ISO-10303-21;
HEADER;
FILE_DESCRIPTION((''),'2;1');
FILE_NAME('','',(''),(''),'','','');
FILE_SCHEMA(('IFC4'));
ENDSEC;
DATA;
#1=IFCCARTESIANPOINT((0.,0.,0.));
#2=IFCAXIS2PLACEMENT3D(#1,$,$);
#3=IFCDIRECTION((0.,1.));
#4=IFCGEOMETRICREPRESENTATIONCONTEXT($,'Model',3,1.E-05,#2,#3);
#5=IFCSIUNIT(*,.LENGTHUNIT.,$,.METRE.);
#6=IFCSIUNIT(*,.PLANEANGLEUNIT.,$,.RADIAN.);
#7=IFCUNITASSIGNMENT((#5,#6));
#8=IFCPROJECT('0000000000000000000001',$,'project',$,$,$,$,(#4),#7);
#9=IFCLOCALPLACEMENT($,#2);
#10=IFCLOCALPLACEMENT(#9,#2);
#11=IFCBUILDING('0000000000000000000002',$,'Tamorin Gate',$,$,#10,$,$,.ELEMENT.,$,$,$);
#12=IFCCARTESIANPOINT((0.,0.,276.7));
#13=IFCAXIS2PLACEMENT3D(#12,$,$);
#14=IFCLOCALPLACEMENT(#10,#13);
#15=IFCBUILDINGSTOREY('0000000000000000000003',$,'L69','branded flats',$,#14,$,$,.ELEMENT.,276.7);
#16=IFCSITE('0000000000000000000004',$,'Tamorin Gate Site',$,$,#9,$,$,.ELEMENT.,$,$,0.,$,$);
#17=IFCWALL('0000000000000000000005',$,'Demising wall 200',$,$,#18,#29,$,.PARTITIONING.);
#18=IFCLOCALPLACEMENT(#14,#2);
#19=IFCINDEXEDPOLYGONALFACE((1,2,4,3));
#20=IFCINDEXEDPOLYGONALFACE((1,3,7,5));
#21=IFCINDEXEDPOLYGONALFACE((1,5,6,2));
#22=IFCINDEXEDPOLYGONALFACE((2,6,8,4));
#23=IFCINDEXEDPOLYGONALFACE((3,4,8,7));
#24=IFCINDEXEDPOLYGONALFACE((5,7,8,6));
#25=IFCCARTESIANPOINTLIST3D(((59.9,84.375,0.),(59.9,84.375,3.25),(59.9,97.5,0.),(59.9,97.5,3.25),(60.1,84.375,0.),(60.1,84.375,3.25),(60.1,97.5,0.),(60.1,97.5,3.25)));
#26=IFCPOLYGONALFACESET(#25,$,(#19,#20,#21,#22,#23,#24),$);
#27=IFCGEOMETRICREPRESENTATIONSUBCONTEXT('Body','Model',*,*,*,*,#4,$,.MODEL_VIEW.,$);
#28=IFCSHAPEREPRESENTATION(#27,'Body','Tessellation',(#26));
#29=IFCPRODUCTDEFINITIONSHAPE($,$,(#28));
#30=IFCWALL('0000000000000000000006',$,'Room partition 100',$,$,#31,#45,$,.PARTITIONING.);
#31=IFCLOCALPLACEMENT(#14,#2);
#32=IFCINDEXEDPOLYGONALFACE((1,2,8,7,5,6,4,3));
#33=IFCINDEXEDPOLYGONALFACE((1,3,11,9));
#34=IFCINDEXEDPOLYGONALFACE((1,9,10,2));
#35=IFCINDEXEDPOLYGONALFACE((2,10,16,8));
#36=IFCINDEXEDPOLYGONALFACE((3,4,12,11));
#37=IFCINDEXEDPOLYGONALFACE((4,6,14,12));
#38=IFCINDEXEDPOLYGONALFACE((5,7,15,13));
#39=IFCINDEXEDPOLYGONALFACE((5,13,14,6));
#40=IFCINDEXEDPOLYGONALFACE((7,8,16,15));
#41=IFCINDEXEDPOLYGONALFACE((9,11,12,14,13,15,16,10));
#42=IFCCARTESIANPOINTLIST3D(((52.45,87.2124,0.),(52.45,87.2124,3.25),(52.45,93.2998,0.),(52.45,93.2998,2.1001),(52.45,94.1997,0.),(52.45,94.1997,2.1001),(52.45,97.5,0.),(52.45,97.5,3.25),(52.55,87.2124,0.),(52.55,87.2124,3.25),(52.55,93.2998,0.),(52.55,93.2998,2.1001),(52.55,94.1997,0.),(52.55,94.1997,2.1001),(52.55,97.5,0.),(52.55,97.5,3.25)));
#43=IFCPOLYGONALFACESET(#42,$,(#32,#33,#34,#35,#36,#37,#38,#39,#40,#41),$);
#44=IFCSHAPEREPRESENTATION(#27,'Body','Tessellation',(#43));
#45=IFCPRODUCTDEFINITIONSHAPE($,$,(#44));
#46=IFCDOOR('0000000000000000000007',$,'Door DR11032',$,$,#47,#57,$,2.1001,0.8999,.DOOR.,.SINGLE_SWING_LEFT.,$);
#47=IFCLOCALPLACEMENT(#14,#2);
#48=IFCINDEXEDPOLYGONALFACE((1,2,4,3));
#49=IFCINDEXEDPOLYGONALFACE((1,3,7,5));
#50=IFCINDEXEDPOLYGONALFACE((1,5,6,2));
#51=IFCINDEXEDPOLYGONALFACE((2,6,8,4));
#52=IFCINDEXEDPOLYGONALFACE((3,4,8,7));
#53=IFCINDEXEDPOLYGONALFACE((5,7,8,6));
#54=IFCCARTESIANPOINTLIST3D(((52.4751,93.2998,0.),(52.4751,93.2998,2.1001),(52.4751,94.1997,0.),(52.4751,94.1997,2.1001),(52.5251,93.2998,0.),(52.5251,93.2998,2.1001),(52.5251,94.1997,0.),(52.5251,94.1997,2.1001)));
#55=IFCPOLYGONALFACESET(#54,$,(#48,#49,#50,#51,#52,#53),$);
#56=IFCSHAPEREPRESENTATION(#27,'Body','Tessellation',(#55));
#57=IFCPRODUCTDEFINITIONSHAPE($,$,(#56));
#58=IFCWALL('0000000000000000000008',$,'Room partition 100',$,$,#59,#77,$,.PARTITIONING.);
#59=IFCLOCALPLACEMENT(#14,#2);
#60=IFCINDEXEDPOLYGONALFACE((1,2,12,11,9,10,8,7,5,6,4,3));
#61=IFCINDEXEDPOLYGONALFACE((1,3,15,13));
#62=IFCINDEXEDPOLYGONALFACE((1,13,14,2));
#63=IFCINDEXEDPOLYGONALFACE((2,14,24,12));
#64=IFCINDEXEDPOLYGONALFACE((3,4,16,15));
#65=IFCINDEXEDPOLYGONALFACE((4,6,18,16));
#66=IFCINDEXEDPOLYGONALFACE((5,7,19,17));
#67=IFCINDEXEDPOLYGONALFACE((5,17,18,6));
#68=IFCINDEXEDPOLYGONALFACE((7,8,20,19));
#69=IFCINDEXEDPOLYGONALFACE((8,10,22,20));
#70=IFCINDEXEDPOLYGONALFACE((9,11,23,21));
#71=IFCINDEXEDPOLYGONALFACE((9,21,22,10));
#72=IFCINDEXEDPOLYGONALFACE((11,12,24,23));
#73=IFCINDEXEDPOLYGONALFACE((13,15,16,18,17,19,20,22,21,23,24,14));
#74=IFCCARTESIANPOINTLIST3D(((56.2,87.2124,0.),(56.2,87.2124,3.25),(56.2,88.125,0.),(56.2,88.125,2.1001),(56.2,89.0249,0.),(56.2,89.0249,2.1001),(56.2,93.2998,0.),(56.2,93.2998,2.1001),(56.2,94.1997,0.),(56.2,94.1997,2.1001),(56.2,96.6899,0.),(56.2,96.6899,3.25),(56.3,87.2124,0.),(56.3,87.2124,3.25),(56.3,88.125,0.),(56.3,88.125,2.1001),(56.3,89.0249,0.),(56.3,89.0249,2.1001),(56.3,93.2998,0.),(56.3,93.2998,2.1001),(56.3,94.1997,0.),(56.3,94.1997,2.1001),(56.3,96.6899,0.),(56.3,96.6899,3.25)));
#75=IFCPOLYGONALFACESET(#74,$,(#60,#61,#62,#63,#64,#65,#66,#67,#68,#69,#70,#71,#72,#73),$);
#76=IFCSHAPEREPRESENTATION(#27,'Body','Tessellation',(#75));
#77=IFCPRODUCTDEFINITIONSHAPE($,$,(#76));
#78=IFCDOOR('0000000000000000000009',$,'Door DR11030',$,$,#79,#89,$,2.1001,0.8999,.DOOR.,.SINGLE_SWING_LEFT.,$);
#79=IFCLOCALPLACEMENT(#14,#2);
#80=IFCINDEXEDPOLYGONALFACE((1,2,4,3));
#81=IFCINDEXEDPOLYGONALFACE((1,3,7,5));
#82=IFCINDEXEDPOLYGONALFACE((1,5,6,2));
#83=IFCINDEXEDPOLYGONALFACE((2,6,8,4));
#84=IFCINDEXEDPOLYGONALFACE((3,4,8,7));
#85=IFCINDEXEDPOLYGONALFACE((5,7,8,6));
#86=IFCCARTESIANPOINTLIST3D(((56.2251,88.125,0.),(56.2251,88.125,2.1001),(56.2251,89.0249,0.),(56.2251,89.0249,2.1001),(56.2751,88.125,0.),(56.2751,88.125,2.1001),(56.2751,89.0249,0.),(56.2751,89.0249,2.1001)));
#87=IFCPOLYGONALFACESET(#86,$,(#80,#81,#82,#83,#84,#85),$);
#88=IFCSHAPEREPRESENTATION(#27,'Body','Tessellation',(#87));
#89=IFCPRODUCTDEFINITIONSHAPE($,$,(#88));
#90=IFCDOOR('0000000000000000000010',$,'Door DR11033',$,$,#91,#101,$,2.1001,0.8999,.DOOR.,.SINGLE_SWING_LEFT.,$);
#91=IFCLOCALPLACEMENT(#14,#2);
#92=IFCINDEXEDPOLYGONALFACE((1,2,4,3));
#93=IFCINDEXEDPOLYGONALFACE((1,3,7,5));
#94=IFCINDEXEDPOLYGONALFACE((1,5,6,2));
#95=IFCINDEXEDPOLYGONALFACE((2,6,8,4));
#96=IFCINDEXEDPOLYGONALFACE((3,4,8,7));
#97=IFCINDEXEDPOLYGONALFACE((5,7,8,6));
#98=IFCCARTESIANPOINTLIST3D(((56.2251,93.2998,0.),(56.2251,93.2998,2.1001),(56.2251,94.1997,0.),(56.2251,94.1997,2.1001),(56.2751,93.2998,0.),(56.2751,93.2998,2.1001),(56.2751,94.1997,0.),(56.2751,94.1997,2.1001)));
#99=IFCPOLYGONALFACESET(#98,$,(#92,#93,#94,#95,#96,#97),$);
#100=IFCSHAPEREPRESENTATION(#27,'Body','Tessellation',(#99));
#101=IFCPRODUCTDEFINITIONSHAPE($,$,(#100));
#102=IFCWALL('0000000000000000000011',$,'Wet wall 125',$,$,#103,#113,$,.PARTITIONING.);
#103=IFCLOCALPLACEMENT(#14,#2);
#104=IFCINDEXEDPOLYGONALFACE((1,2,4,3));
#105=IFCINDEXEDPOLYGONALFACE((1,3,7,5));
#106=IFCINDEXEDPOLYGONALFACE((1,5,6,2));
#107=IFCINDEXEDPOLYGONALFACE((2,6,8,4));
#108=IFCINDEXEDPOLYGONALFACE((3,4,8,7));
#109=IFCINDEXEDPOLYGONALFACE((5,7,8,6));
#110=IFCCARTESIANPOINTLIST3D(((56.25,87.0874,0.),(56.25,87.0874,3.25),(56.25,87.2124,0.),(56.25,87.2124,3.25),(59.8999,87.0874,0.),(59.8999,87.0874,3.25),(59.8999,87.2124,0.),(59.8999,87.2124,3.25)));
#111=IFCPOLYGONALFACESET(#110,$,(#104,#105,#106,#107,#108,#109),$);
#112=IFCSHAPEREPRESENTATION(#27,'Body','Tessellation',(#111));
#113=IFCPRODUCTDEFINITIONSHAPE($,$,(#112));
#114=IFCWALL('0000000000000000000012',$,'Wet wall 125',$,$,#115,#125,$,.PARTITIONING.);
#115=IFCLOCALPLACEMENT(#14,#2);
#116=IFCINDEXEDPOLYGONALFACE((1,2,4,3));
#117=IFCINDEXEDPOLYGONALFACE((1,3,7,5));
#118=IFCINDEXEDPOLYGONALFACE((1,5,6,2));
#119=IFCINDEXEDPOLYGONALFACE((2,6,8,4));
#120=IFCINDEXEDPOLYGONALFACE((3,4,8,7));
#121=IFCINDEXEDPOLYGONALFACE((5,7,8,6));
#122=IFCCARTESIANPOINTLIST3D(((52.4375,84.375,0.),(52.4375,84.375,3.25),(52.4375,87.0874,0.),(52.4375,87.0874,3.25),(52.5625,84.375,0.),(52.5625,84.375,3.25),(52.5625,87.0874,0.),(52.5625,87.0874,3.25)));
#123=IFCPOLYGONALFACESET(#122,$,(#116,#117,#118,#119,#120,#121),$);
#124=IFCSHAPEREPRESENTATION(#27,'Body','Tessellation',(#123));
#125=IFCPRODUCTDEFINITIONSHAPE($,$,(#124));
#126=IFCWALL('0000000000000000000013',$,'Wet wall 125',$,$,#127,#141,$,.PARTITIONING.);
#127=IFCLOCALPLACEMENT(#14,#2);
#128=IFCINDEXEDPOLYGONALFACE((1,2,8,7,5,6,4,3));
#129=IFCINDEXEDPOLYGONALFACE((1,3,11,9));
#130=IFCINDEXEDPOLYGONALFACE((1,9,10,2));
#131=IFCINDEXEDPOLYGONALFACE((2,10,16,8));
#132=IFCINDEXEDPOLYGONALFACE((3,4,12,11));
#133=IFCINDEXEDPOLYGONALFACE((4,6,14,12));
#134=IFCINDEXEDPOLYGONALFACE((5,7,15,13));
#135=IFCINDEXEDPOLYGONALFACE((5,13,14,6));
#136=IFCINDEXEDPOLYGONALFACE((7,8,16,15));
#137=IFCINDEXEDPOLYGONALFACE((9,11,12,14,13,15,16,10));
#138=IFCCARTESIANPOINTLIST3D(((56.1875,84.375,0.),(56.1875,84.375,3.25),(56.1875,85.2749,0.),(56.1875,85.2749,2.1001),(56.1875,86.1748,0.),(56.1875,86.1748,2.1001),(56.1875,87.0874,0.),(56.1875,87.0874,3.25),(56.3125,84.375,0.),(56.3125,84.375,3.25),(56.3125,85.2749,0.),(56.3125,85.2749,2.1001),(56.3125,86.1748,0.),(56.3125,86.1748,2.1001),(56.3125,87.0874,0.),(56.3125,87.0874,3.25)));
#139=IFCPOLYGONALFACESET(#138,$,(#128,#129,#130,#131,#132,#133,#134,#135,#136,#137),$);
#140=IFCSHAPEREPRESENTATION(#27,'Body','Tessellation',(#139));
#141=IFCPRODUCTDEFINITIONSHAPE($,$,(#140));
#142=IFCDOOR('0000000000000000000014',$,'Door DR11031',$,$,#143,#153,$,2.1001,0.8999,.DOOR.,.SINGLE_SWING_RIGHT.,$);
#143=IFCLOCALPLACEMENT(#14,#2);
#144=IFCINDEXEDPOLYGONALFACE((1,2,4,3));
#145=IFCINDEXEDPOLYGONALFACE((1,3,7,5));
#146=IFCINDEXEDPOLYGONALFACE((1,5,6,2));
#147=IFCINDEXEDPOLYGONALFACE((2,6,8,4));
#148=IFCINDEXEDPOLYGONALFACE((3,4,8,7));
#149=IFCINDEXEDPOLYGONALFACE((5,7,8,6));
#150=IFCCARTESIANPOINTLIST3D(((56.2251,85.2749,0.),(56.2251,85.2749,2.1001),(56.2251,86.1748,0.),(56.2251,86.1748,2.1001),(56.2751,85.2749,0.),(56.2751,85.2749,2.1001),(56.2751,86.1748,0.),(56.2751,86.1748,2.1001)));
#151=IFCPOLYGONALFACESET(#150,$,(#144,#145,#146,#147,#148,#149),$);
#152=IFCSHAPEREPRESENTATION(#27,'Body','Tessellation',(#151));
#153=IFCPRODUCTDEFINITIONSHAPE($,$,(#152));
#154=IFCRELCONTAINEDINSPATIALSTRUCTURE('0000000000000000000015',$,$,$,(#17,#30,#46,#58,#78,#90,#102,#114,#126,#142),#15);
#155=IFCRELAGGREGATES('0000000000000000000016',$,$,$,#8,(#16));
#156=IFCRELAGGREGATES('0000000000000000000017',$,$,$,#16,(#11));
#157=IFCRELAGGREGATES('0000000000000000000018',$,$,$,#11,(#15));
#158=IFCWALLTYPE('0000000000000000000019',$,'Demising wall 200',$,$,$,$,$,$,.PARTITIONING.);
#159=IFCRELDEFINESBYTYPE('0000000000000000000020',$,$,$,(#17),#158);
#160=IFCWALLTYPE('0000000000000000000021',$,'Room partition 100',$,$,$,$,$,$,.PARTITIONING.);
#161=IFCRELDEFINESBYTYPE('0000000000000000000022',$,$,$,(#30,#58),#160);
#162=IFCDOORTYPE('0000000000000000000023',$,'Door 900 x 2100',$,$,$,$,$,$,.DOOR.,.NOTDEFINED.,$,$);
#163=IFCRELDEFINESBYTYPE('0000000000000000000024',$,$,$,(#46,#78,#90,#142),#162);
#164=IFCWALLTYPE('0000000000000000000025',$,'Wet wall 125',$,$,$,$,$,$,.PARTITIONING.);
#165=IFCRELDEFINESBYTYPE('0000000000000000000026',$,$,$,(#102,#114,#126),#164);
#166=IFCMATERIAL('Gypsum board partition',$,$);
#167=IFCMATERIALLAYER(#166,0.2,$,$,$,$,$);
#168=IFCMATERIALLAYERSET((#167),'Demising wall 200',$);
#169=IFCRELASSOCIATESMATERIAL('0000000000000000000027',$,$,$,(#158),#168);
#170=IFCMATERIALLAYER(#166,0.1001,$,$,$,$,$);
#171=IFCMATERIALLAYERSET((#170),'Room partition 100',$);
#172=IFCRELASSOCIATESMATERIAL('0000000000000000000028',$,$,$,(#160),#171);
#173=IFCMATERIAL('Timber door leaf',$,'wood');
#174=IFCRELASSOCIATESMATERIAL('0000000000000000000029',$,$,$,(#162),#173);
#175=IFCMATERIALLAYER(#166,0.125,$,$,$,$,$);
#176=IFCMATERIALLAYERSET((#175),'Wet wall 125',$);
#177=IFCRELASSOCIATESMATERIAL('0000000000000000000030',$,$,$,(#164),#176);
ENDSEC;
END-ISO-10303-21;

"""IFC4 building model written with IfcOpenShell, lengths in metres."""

from ifc_helpers import new_model, si_unit, direction, frame, frame_2d, origin, place, context, subcontext, project, spatial, rectangle, extrude, material, layer, layer_set, type_object, element, fill, save


model = new_model("IFC4")

# Units and contexts
model_context = context("Model", 3, precision=1e-05, world=origin(), true_north=direction((0.0, 1.0)))
body_context = subcontext(model_context, "Body", "Model", "MODEL_VIEW")
ifc_project = project(units=[si_unit("LENGTHUNIT", "METRE"), si_unit("PLANEANGLEUNIT", "RADIAN")], contexts=[model_context])

# Site, building, storey
site_placement = place(None, origin())
site = spatial("IfcSite", under=ifc_project, at=site_placement, Name="Tamorin Gate Site", CompositionType="ELEMENT", RefElevation=0.0)
building_placement = place(site_placement, origin())
building = spatial("IfcBuilding", under=site, at=building_placement, Name="Tamorin Gate", CompositionType="ELEMENT")
storey_placement = place(building_placement, frame((0.0, 0.0, 276.7)))
storey = spatial("IfcBuildingStorey", under=building, at=storey_placement, Name="L69", Description="branded flats", CompositionType="ELEMENT", Elevation=276.7)

# Wall
ifc_material_1 = material(Name="Gypsum board partition")
ifc_layer_1 = layer(ifc_material_1, 0.2)
ifc_layer_set_1 = layer_set([ifc_layer_1], Name="Demising wall 200")
wall_type_1 = type_object("IfcWallType", Name="Demising wall 200", PredefinedType="PARTITIONING", material=ifc_layer_set_1)
wall_1_placement = place(storey_placement, frame((60.0, 84.375, 0.0), z_axis=(0.0, 0.0, 1.0), x_axis=(0.0, 1.0, 0.0)))
element("IfcWall", 1, at=wall_1_placement, inside=storey, type_object=wall_type_1, Name="Demising wall 200", PredefinedType="PARTITIONING", context=body_context, shape_type="SweptSolid", body=[
    extrude(rectangle(XDim=13.125, YDim=0.2, at=frame_2d((6.5625, 0.0))), origin(), (0.0, 0.0, 1.0), 3.25),
])

# Wall, opening, door
ifc_layer_2 = layer(ifc_material_1, 0.1001)
ifc_layer_set_2 = layer_set([ifc_layer_2], Name="Room partition 100")
wall_type_2 = type_object("IfcWallType", Name="Room partition 100", PredefinedType="PARTITIONING", material=ifc_layer_set_2)
wall_2_placement = place(storey_placement, frame((52.5, 87.2124, 0.0), z_axis=(0.0, 0.0, 1.0), x_axis=(0.0, 1.0, 0.0)))
wall_2 = element("IfcWall", 2, at=wall_2_placement, inside=storey, type_object=wall_type_2, Name="Room partition 100", PredefinedType="PARTITIONING", context=body_context, shape_type="SweptSolid", body=[
    extrude(rectangle(XDim=10.2876, YDim=0.1001, at=frame_2d((5.1438, 0.0))), origin(), (0.0, 0.0, 1.0), 3.25),
])
opening_1_placement = place(wall_2_placement, frame((6.0874, 0.0, 0.0)))
opening_1 = element("IfcOpeningElement", 3, at=opening_1_placement, cuts=wall_2, PredefinedType="OPENING", context=body_context, shape_type="SweptSolid", body=[
    extrude(rectangle(XDim=0.8999, YDim=2.1001, at=frame_2d((0.45, 1.05))), frame((0.0, 0.0601, 0.0), z_axis=(0.0, -1.0, 0.0), x_axis=(1.0, 0.0, 0.0)), (0.0, 0.0, 1.0), 0.1201),
])
ifc_material_2 = material(Name="Timber door leaf", Category="wood")
door_type = type_object("IfcDoorType", Name="Door 900 x 2100", OperationType="NOTDEFINED", PredefinedType="DOOR", material=ifc_material_2)
door_1_placement = place(opening_1_placement, origin())
door_1 = element("IfcDoor", 4, at=door_1_placement, inside=storey, type_object=door_type, Name="Door DR11032", OperationType="SINGLE_SWING_LEFT", OverallHeight=2.1001, OverallWidth=0.8999, PredefinedType="DOOR", context=body_context, shape_type="SweptSolid", body=[
    extrude(rectangle(XDim=0.8999, YDim=2.1001, at=frame_2d((0.45, 1.05))), frame((0.0, 0.0249, 0.0), z_axis=(0.0, -1.0, 0.0), x_axis=(1.0, 0.0, 0.0)), (0.0, 0.0, 1.0), 0.05),
])
fill(opening_1, door_1)

# Wall, openings, doors
wall_3_placement = place(storey_placement, frame((56.25, 87.2124, 0.0), z_axis=(0.0, 0.0, 1.0), x_axis=(0.0, 1.0, 0.0)))
wall_3 = element("IfcWall", 5, at=wall_3_placement, inside=storey, type_object=wall_type_2, Name="Room partition 100", PredefinedType="PARTITIONING", context=body_context, shape_type="SweptSolid", body=[
    extrude(rectangle(XDim=9.4775, YDim=0.1001, at=frame_2d((4.7388, 0.0))), origin(), (0.0, 0.0, 1.0), 3.25),
])
opening_2_placement = place(wall_3_placement, frame((0.9126, 0.0, 0.0)))
opening_2 = element("IfcOpeningElement", 6, at=opening_2_placement, cuts=wall_3, PredefinedType="OPENING", context=body_context, shape_type="SweptSolid", body=[
    extrude(rectangle(XDim=0.8999, YDim=2.1001, at=frame_2d((0.45, 1.05))), frame((0.0, 0.0601, 0.0), z_axis=(0.0, -1.0, 0.0), x_axis=(1.0, 0.0, 0.0)), (0.0, 0.0, 1.0), 0.1201),
])
opening_3_placement = place(wall_3_placement, frame((6.0874, 0.0, 0.0)))
opening_3 = element("IfcOpeningElement", 7, at=opening_3_placement, cuts=wall_3, PredefinedType="OPENING", context=body_context, shape_type="SweptSolid", body=[
    extrude(rectangle(XDim=0.8999, YDim=2.1001, at=frame_2d((0.45, 1.05))), frame((0.0, 0.0601, 0.0), z_axis=(0.0, -1.0, 0.0), x_axis=(1.0, 0.0, 0.0)), (0.0, 0.0, 1.0), 0.1201),
])
door_2_placement = place(opening_2_placement, origin())
door_2 = element("IfcDoor", 8, at=door_2_placement, inside=storey, type_object=door_type, Name="Door DR11030", OperationType="SINGLE_SWING_LEFT", OverallHeight=2.1001, OverallWidth=0.8999, PredefinedType="DOOR", context=body_context, shape_type="SweptSolid", body=[
    extrude(rectangle(XDim=0.8999, YDim=2.1001, at=frame_2d((0.45, 1.05))), frame((0.0, 0.0249, 0.0), z_axis=(0.0, -1.0, 0.0), x_axis=(1.0, 0.0, 0.0)), (0.0, 0.0, 1.0), 0.05),
])
fill(opening_2, door_2)
door_3_placement = place(opening_3_placement, origin())
door_3 = element("IfcDoor", 9, at=door_3_placement, inside=storey, type_object=door_type, Name="Door DR11033", OperationType="SINGLE_SWING_LEFT", OverallHeight=2.1001, OverallWidth=0.8999, PredefinedType="DOOR", context=body_context, shape_type="SweptSolid", body=[
    extrude(rectangle(XDim=0.8999, YDim=2.1001, at=frame_2d((0.45, 1.05))), frame((0.0, 0.0249, 0.0), z_axis=(0.0, -1.0, 0.0), x_axis=(1.0, 0.0, 0.0)), (0.0, 0.0, 1.0), 0.05),
])
fill(opening_3, door_3)

# Walls
ifc_layer_3 = layer(ifc_material_1, 0.125)
ifc_layer_set_3 = layer_set([ifc_layer_3], Name="Wet wall 125")
wall_type_3 = type_object("IfcWallType", Name="Wet wall 125", PredefinedType="PARTITIONING", material=ifc_layer_set_3)
wall_4_placement = place(storey_placement, frame((56.25, 87.1499, 0.0), z_axis=(0.0, 0.0, 1.0), x_axis=(1.0, 0.0, 0.0)))
element("IfcWall", 10, at=wall_4_placement, inside=storey, type_object=wall_type_3, Name="Wet wall 125", PredefinedType="PARTITIONING", context=body_context, shape_type="SweptSolid", body=[
    extrude(rectangle(XDim=3.6499, YDim=0.125, at=frame_2d((1.825, 0.0))), origin(), (0.0, 0.0, 1.0), 3.25),
])
wall_5_placement = place(storey_placement, frame((52.5, 84.375, 0.0), z_axis=(0.0, 0.0, 1.0), x_axis=(0.0, 1.0, 0.0)))
element("IfcWall", 11, at=wall_5_placement, inside=storey, type_object=wall_type_3, Name="Wet wall 125", PredefinedType="PARTITIONING", context=body_context, shape_type="SweptSolid", body=[
    extrude(rectangle(XDim=2.7124, YDim=0.125, at=frame_2d((1.3562, 0.0))), origin(), (0.0, 0.0, 1.0), 3.25),
])

# Wall, opening, door
wall_6_placement = place(storey_placement, frame((56.25, 84.375, 0.0), z_axis=(0.0, 0.0, 1.0), x_axis=(0.0, 1.0, 0.0)))
wall_6 = element("IfcWall", 12, at=wall_6_placement, inside=storey, type_object=wall_type_3, Name="Wet wall 125", PredefinedType="PARTITIONING", context=body_context, shape_type="SweptSolid", body=[
    extrude(rectangle(XDim=2.7124, YDim=0.125, at=frame_2d((1.3562, 0.0))), origin(), (0.0, 0.0, 1.0), 3.25),
])
opening_4_placement = place(wall_6_placement, frame((0.8999, 0.0, 0.0)))
opening_4 = element("IfcOpeningElement", 13, at=opening_4_placement, cuts=wall_6, PredefinedType="OPENING", context=body_context, shape_type="SweptSolid", body=[
    extrude(rectangle(XDim=0.8999, YDim=2.1001, at=frame_2d((0.45, 1.05))), frame((0.0, 0.0725, 0.0), z_axis=(0.0, -1.0, 0.0), x_axis=(1.0, 0.0, 0.0)), (0.0, 0.0, 1.0), 0.145),
])
door_4_placement = place(opening_4_placement, origin())
door_4 = element("IfcDoor", 14, at=door_4_placement, inside=storey, type_object=door_type, Name="Door DR11031", OperationType="SINGLE_SWING_RIGHT", OverallHeight=2.1001, OverallWidth=0.8999, PredefinedType="DOOR", context=body_context, shape_type="SweptSolid", body=[
    extrude(rectangle(XDim=0.8999, YDim=2.1001, at=frame_2d((0.45, 1.05))), frame((0.0, 0.0249, 0.0), z_axis=(0.0, -1.0, 0.0), x_axis=(1.0, 0.0, 0.0)), (0.0, 0.0, 1.0), 0.05),
])
fill(opening_4, door_4)

save(model, "model.ifc")
